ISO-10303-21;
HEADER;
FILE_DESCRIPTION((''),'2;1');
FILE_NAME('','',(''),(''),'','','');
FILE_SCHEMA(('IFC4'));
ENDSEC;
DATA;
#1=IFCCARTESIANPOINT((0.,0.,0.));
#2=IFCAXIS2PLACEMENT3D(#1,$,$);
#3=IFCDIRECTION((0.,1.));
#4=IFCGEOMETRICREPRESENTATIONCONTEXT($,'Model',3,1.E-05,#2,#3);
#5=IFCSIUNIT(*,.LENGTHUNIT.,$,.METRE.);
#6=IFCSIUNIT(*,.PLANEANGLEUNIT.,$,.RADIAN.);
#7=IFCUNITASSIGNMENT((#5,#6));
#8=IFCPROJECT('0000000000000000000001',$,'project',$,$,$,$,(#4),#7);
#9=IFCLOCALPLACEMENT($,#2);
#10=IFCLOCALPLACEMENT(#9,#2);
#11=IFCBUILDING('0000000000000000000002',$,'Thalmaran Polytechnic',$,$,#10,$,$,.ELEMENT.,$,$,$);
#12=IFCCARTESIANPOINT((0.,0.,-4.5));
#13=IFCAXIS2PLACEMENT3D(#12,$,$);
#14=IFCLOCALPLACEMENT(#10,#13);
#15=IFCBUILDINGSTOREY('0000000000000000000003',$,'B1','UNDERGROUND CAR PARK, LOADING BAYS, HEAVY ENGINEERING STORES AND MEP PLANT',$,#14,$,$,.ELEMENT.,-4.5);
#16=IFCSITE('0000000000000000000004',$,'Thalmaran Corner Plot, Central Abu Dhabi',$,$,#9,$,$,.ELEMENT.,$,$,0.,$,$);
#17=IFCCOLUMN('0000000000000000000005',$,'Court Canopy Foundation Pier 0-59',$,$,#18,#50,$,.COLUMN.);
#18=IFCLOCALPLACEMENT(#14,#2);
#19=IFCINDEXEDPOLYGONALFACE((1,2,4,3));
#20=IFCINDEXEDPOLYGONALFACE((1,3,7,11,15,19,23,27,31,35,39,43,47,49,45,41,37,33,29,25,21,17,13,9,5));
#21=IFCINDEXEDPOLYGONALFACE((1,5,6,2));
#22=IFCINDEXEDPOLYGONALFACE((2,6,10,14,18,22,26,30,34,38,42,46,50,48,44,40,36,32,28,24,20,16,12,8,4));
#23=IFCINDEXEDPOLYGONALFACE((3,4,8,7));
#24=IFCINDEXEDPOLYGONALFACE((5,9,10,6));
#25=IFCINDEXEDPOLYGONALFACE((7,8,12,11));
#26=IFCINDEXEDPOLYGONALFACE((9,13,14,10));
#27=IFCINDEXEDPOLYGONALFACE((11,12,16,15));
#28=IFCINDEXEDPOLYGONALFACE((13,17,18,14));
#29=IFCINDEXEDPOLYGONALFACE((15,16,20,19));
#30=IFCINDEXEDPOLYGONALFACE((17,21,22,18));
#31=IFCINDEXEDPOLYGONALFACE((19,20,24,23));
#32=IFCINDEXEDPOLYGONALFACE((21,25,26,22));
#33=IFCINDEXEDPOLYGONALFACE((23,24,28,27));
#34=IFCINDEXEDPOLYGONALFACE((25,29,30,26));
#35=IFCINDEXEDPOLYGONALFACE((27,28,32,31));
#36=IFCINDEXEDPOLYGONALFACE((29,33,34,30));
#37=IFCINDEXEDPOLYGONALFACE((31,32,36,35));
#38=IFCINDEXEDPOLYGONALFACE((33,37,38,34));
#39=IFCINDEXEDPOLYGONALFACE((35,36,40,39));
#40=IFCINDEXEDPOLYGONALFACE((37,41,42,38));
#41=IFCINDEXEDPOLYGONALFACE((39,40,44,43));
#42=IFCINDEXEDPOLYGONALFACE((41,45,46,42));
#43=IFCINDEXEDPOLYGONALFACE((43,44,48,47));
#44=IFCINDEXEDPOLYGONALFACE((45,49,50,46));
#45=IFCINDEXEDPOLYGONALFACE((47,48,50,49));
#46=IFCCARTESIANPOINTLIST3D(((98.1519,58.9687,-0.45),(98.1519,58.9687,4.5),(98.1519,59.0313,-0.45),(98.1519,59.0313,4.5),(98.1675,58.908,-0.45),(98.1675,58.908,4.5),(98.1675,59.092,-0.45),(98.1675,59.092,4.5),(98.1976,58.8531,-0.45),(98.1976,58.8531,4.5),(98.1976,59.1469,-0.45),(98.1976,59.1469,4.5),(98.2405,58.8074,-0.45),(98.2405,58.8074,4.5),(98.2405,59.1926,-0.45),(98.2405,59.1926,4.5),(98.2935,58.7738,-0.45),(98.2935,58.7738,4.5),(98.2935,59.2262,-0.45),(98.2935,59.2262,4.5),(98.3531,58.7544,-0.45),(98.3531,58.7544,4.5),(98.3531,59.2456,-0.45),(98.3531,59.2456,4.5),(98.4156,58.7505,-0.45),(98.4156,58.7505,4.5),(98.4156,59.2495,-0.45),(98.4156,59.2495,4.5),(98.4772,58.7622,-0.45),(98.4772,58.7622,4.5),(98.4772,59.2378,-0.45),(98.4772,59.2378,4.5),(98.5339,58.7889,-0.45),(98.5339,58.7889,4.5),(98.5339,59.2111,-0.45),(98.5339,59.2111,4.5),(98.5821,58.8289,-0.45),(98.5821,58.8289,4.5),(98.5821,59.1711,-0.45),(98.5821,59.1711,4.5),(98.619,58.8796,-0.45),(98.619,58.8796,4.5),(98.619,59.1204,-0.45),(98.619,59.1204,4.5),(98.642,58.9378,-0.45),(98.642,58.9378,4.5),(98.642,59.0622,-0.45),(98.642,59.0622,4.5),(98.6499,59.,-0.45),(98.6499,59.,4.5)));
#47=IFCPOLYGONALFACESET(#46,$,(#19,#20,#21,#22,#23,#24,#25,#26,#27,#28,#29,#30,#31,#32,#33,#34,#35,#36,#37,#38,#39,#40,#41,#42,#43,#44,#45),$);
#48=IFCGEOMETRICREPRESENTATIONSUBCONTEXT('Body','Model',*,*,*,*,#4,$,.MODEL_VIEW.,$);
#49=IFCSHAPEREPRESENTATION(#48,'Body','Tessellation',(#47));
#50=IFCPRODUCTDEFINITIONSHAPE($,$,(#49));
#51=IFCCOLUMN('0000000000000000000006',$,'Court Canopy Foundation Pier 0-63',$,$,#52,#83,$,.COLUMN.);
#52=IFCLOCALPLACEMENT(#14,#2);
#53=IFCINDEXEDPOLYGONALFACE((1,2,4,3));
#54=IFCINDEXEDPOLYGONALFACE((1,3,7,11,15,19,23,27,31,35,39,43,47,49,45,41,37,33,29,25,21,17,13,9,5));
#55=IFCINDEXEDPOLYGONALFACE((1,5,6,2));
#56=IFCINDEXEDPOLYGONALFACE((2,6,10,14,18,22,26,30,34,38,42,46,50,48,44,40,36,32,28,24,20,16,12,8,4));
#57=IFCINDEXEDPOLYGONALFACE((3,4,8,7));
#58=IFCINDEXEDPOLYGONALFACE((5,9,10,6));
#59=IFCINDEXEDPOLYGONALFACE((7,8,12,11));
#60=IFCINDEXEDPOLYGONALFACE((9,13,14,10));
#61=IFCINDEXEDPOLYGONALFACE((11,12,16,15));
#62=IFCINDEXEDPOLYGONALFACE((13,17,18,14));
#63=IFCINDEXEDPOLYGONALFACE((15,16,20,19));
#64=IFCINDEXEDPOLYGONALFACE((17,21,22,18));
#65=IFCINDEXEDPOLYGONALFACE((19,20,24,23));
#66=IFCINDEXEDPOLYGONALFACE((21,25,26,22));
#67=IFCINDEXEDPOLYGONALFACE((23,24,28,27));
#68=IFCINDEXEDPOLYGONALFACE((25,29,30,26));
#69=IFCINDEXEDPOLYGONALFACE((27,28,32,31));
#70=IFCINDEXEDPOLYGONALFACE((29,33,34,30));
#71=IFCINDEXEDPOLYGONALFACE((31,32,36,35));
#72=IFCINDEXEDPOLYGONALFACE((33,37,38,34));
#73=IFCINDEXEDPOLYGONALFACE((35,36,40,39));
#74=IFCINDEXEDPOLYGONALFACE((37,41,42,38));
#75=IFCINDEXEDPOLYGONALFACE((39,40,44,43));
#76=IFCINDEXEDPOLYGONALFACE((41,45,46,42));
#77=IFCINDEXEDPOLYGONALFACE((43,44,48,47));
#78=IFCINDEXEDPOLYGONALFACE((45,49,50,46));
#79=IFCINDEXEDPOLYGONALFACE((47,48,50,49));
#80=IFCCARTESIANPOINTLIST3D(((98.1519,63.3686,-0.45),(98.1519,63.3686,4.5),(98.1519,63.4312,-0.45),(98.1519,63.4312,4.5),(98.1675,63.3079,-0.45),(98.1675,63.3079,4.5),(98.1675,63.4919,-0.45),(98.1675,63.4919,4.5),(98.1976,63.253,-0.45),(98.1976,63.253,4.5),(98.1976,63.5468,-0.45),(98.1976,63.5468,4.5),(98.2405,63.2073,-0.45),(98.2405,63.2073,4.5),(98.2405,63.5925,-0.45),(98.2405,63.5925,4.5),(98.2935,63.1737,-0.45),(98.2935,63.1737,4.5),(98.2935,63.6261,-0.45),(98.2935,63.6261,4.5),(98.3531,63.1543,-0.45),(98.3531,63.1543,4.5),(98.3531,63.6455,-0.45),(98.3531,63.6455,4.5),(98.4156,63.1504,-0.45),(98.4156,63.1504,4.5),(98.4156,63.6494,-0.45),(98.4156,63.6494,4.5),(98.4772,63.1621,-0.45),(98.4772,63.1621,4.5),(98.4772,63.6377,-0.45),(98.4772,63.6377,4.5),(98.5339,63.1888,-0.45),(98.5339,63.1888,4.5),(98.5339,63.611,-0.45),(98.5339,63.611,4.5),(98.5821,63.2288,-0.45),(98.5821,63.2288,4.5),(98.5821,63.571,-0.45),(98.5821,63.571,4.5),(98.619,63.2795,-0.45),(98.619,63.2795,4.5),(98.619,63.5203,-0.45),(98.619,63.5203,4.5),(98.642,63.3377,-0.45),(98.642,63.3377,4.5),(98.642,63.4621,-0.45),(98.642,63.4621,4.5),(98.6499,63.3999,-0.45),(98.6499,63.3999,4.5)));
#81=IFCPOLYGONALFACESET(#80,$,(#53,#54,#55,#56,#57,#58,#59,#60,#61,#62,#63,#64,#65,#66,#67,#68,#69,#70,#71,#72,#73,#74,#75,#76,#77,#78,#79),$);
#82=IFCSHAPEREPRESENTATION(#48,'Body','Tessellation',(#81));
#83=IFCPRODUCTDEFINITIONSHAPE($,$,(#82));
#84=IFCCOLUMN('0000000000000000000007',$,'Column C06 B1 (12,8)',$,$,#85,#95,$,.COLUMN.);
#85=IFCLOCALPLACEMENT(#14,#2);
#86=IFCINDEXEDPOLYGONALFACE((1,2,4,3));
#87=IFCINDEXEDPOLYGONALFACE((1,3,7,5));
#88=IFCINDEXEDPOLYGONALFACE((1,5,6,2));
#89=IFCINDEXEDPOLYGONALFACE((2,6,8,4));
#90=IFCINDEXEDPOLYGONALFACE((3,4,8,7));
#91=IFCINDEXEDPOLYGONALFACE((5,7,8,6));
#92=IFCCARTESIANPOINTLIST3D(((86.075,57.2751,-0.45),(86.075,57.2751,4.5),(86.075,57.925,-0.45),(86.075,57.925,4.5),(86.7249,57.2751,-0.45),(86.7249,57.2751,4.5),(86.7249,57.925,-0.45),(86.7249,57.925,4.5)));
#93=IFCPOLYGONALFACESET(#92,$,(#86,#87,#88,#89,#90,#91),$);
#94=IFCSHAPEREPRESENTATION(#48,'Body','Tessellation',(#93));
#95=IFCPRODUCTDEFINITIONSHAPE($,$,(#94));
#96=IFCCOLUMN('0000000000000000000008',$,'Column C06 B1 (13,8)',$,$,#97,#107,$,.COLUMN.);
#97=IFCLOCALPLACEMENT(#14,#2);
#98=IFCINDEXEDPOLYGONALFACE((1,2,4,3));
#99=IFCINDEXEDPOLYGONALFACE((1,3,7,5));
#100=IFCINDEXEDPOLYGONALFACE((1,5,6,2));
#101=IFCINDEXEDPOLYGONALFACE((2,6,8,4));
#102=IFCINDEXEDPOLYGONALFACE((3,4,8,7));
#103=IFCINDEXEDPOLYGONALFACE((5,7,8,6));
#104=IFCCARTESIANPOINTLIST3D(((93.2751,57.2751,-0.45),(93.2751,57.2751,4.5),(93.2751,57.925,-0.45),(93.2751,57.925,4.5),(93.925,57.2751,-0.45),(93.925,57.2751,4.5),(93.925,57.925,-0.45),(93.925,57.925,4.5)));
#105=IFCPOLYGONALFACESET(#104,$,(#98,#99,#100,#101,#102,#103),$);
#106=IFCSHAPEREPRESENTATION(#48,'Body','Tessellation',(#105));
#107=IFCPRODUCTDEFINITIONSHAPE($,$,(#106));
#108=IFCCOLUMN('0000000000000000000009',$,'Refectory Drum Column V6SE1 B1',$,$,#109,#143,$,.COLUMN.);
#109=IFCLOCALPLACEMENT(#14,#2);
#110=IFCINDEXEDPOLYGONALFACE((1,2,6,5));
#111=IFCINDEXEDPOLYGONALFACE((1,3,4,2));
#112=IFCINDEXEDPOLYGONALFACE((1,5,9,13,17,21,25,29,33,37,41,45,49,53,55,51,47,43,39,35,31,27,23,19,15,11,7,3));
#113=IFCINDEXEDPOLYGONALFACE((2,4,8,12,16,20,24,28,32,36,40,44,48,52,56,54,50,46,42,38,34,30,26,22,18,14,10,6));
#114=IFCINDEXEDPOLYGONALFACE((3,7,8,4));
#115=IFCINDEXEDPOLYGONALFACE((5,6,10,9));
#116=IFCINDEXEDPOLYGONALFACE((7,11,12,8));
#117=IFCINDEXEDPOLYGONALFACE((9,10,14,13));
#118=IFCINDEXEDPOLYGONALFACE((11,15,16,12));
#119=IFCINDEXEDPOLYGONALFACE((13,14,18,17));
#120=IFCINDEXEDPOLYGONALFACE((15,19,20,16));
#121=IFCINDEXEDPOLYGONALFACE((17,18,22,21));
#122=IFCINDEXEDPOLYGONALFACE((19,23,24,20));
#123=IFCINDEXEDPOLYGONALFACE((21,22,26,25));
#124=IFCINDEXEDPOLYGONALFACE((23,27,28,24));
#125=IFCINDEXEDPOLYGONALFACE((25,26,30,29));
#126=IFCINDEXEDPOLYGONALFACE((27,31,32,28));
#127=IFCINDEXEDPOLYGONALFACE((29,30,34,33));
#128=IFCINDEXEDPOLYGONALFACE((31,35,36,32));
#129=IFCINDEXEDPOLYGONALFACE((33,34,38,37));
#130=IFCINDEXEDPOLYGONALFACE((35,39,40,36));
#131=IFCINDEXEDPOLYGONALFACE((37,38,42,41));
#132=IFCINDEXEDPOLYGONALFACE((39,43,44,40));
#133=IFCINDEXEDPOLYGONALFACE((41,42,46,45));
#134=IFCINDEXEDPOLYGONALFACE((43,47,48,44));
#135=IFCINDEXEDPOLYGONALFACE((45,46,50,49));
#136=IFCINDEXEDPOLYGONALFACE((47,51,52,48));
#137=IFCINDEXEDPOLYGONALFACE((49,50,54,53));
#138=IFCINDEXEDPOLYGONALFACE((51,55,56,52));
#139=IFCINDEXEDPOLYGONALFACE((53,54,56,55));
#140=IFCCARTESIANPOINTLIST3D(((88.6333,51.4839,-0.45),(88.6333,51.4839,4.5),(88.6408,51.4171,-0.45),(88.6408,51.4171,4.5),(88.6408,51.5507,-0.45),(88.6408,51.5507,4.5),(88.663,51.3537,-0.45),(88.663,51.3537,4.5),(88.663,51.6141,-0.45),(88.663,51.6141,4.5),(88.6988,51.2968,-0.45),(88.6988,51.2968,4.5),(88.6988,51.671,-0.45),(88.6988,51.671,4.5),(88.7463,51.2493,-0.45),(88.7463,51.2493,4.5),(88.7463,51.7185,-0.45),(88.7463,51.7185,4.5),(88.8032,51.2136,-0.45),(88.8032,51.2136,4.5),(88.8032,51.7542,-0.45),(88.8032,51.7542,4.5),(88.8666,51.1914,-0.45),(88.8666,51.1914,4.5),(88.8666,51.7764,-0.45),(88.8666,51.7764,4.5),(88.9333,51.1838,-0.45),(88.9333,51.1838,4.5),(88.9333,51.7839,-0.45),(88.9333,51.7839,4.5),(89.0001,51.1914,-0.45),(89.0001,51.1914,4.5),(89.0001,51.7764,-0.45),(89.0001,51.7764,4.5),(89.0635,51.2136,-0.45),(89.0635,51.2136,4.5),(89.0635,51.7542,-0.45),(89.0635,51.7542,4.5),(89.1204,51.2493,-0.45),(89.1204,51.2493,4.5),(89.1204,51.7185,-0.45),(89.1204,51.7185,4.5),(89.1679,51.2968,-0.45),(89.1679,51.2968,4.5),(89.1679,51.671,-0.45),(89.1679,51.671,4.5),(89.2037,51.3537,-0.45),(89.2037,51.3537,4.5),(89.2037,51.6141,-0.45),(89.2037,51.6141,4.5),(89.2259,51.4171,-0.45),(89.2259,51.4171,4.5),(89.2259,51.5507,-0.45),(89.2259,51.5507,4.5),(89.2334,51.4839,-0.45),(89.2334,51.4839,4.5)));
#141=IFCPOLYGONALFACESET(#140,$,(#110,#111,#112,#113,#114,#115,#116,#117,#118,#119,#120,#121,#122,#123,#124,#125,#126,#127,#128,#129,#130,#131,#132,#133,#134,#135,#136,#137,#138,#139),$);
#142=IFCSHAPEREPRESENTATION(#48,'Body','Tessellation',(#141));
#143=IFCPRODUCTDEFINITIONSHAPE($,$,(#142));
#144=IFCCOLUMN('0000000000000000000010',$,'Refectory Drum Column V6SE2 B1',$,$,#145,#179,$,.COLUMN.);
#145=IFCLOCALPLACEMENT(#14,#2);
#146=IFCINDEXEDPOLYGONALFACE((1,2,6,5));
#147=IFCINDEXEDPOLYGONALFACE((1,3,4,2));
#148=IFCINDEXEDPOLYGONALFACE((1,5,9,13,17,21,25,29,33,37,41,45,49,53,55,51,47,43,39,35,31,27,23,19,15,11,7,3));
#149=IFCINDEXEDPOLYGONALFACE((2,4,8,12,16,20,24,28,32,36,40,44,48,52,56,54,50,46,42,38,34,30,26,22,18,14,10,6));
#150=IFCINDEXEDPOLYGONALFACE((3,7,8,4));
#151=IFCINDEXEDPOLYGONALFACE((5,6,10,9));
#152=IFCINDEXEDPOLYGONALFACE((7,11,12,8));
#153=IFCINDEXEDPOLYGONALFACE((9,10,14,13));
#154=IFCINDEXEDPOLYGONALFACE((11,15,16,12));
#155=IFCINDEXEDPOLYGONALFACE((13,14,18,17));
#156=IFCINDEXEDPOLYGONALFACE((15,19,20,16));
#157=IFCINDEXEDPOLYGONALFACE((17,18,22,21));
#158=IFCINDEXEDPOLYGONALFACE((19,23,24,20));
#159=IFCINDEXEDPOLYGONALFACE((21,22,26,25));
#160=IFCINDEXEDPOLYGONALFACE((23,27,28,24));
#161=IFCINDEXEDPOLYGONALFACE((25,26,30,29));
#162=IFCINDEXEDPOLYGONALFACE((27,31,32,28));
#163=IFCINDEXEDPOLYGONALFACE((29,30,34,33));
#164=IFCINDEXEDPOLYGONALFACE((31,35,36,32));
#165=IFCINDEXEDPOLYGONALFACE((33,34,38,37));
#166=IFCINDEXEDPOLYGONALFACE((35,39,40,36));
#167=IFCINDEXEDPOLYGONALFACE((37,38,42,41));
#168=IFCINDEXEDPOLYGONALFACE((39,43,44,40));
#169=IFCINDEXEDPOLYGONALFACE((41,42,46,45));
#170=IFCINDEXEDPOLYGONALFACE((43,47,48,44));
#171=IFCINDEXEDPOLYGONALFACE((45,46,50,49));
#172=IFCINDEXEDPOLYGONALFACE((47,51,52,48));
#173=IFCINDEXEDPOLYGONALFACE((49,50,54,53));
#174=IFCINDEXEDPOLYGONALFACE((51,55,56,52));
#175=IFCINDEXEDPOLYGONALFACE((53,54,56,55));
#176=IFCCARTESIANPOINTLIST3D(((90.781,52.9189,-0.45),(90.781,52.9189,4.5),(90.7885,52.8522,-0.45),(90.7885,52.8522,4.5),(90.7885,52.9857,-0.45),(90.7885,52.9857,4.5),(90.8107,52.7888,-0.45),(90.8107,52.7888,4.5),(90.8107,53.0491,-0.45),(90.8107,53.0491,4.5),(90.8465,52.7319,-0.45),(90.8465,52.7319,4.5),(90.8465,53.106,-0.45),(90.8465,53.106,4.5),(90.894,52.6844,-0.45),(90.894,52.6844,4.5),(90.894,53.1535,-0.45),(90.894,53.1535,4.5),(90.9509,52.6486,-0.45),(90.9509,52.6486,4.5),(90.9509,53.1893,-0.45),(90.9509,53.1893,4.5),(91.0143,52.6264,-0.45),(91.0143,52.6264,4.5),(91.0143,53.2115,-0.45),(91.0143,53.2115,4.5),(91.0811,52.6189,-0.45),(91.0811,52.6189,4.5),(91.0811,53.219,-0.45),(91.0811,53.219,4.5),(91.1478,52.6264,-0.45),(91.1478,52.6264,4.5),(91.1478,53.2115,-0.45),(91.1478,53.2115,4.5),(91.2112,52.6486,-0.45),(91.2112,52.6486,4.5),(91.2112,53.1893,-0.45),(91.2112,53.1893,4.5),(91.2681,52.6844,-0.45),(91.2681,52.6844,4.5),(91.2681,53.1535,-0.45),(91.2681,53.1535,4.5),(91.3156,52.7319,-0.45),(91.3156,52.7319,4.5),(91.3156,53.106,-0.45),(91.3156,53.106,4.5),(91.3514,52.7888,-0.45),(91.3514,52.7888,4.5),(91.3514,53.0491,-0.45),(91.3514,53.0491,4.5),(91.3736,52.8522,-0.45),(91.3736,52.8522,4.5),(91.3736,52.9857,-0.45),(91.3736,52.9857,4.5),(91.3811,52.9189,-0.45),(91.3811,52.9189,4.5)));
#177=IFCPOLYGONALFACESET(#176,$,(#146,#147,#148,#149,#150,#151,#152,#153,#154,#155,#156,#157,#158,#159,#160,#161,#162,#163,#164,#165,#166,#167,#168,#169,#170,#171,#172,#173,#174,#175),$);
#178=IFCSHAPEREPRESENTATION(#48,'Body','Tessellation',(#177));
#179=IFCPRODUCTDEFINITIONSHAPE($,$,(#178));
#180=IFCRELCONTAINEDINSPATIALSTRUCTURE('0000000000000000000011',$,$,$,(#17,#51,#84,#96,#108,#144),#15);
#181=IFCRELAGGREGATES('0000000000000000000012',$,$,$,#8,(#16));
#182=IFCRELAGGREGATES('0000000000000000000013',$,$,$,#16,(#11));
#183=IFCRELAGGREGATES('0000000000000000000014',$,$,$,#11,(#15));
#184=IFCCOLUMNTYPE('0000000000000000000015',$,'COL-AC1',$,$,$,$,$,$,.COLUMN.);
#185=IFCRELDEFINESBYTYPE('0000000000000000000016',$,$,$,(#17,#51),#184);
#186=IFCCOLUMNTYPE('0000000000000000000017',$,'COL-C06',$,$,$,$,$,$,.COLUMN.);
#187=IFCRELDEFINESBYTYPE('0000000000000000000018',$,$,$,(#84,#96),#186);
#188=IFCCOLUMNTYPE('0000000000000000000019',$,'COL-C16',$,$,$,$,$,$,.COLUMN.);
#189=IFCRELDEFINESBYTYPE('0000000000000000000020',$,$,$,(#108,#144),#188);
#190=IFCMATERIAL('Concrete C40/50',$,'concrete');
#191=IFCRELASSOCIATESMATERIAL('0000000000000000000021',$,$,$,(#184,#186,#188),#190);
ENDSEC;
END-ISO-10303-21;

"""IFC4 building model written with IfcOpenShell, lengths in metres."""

from ifc_helpers import new_model, si_unit, direction, frame, origin, origin_2d, place, context, subcontext, project, spatial, rectangle, circle, extrude, material, material_profile, profile_set, type_object, element, save


model = new_model("IFC4")

# Units and contexts
model_context = context("Model", 3, precision=1e-05, world=origin(), true_north=direction((0.0, 1.0)))
body_context = subcontext(model_context, "Body", "Model", "MODEL_VIEW")
ifc_project = project(units=[si_unit("LENGTHUNIT", "METRE"), si_unit("PLANEANGLEUNIT", "RADIAN")], contexts=[model_context])

# Site, building, storey
site_placement = place(None, origin())
site = spatial("IfcSite", under=ifc_project, at=site_placement, Name="Thalmaran Corner Plot, Central Abu Dhabi", CompositionType="ELEMENT", RefElevation=0.0)
building_placement = place(site_placement, origin())
building = spatial("IfcBuilding", under=site, at=building_placement, Name="Thalmaran Polytechnic", CompositionType="ELEMENT")
storey_placement = place(building_placement, frame((0.0, 0.0, -4.5)))
storey = spatial("IfcBuildingStorey", under=building, at=storey_placement, Name="B1", Description="UNDERGROUND CAR PARK, LOADING BAYS, HEAVY ENGINEERING STORES AND MEP PLANT", CompositionType="ELEMENT", Elevation=-4.5)

# Shared definitions
ifc_material_1 = material(Name="Concrete C40/50", Category="concrete")

# Columns
ifc_material_profile_1 = material_profile(ifc_material_1, circle(Radius=0.25, at=origin_2d()), Name="RC 500 DIA")
ifc_profile_set_1 = profile_set([ifc_material_profile_1], Name="Concrete C40/50")
column_type_1 = type_object("IfcColumnType", Name="COL-AC1", PredefinedType="COLUMN", material=ifc_profile_set_1)
for number, where, z_axis, x_axis, name in (
    (1, (98.3999, 59.0, -0.45), (0.0, 0.0, 1.0), (1.0, 0.0, 0.0), "Court Canopy Foundation Pier 0-59"),
    (2, (98.3999, 63.3999, -0.45), (0.0, 0.0, 1.0), (1.0, 0.0, 0.0), "Court Canopy Foundation Pier 0-63"),
):
    element("IfcColumn", number, at=place(storey_placement, frame(where, z_axis=z_axis, x_axis=x_axis)), inside=storey, type_object=column_type_1, Name=name, PredefinedType="COLUMN", context=body_context, shape_type="SweptSolid", body=[
        extrude(circle(Radius=0.25, at=origin_2d()), origin(), (0.0, 0.0, 1.0), 4.95),
    ])
ifc_material_profile_2 = material_profile(ifc_material_1, rectangle(XDim=0.6499, YDim=0.6499, at=origin_2d()), Name="RC 650x650")
ifc_profile_set_2 = profile_set([ifc_material_profile_2], Name="Concrete C40/50")
column_type_2 = type_object("IfcColumnType", Name="COL-C06", PredefinedType="COLUMN", material=ifc_profile_set_2)
for number, where, z_axis, x_axis, name in (
    (3, (86.3999, 57.6001, -0.45), (0.0, 0.0, 1.0), (1.0, 0.0, 0.0), "Column C06 B1 (12,8)"),
    (4, (93.6001, 57.6001, -0.45), (0.0, 0.0, 1.0), (1.0, 0.0, 0.0), "Column C06 B1 (13,8)"),
):
    element("IfcColumn", number, at=place(storey_placement, frame(where, z_axis=z_axis, x_axis=x_axis)), inside=storey, type_object=column_type_2, Name=name, PredefinedType="COLUMN", context=body_context, shape_type="SweptSolid", body=[
        extrude(rectangle(XDim=0.6499, YDim=0.6499, at=origin_2d()), origin(), (0.0, 0.0, 1.0), 4.95),
    ])
ifc_material_profile_3 = material_profile(ifc_material_1, circle(Radius=0.3, at=origin_2d()), Name="RC 600 DIA")
ifc_profile_set_3 = profile_set([ifc_material_profile_3], Name="Concrete C40/50")
column_type_3 = type_object("IfcColumnType", Name="COL-C16", PredefinedType="COLUMN", material=ifc_profile_set_3)
for number, where, z_axis, x_axis, name in (
    (5, (88.9333, 51.4839, -0.45), (0.0, 0.0, 1.0), (1.0, 0.0, 0.0), "Refectory Drum Column V6SE1 B1"),
    (6, (91.0811, 52.9189, -0.45), (0.0, 0.0, 1.0), (1.0, 0.0, 0.0), "Refectory Drum Column V6SE2 B1"),
):
    element("IfcColumn", number, at=place(storey_placement, frame(where, z_axis=z_axis, x_axis=x_axis)), inside=storey, type_object=column_type_3, Name=name, PredefinedType="COLUMN", context=body_context, shape_type="SweptSolid", body=[
        extrude(circle(Radius=0.3, at=origin_2d()), origin(), (0.0, 0.0, 1.0), 4.95),
    ])

save(model, "model.ifc")
